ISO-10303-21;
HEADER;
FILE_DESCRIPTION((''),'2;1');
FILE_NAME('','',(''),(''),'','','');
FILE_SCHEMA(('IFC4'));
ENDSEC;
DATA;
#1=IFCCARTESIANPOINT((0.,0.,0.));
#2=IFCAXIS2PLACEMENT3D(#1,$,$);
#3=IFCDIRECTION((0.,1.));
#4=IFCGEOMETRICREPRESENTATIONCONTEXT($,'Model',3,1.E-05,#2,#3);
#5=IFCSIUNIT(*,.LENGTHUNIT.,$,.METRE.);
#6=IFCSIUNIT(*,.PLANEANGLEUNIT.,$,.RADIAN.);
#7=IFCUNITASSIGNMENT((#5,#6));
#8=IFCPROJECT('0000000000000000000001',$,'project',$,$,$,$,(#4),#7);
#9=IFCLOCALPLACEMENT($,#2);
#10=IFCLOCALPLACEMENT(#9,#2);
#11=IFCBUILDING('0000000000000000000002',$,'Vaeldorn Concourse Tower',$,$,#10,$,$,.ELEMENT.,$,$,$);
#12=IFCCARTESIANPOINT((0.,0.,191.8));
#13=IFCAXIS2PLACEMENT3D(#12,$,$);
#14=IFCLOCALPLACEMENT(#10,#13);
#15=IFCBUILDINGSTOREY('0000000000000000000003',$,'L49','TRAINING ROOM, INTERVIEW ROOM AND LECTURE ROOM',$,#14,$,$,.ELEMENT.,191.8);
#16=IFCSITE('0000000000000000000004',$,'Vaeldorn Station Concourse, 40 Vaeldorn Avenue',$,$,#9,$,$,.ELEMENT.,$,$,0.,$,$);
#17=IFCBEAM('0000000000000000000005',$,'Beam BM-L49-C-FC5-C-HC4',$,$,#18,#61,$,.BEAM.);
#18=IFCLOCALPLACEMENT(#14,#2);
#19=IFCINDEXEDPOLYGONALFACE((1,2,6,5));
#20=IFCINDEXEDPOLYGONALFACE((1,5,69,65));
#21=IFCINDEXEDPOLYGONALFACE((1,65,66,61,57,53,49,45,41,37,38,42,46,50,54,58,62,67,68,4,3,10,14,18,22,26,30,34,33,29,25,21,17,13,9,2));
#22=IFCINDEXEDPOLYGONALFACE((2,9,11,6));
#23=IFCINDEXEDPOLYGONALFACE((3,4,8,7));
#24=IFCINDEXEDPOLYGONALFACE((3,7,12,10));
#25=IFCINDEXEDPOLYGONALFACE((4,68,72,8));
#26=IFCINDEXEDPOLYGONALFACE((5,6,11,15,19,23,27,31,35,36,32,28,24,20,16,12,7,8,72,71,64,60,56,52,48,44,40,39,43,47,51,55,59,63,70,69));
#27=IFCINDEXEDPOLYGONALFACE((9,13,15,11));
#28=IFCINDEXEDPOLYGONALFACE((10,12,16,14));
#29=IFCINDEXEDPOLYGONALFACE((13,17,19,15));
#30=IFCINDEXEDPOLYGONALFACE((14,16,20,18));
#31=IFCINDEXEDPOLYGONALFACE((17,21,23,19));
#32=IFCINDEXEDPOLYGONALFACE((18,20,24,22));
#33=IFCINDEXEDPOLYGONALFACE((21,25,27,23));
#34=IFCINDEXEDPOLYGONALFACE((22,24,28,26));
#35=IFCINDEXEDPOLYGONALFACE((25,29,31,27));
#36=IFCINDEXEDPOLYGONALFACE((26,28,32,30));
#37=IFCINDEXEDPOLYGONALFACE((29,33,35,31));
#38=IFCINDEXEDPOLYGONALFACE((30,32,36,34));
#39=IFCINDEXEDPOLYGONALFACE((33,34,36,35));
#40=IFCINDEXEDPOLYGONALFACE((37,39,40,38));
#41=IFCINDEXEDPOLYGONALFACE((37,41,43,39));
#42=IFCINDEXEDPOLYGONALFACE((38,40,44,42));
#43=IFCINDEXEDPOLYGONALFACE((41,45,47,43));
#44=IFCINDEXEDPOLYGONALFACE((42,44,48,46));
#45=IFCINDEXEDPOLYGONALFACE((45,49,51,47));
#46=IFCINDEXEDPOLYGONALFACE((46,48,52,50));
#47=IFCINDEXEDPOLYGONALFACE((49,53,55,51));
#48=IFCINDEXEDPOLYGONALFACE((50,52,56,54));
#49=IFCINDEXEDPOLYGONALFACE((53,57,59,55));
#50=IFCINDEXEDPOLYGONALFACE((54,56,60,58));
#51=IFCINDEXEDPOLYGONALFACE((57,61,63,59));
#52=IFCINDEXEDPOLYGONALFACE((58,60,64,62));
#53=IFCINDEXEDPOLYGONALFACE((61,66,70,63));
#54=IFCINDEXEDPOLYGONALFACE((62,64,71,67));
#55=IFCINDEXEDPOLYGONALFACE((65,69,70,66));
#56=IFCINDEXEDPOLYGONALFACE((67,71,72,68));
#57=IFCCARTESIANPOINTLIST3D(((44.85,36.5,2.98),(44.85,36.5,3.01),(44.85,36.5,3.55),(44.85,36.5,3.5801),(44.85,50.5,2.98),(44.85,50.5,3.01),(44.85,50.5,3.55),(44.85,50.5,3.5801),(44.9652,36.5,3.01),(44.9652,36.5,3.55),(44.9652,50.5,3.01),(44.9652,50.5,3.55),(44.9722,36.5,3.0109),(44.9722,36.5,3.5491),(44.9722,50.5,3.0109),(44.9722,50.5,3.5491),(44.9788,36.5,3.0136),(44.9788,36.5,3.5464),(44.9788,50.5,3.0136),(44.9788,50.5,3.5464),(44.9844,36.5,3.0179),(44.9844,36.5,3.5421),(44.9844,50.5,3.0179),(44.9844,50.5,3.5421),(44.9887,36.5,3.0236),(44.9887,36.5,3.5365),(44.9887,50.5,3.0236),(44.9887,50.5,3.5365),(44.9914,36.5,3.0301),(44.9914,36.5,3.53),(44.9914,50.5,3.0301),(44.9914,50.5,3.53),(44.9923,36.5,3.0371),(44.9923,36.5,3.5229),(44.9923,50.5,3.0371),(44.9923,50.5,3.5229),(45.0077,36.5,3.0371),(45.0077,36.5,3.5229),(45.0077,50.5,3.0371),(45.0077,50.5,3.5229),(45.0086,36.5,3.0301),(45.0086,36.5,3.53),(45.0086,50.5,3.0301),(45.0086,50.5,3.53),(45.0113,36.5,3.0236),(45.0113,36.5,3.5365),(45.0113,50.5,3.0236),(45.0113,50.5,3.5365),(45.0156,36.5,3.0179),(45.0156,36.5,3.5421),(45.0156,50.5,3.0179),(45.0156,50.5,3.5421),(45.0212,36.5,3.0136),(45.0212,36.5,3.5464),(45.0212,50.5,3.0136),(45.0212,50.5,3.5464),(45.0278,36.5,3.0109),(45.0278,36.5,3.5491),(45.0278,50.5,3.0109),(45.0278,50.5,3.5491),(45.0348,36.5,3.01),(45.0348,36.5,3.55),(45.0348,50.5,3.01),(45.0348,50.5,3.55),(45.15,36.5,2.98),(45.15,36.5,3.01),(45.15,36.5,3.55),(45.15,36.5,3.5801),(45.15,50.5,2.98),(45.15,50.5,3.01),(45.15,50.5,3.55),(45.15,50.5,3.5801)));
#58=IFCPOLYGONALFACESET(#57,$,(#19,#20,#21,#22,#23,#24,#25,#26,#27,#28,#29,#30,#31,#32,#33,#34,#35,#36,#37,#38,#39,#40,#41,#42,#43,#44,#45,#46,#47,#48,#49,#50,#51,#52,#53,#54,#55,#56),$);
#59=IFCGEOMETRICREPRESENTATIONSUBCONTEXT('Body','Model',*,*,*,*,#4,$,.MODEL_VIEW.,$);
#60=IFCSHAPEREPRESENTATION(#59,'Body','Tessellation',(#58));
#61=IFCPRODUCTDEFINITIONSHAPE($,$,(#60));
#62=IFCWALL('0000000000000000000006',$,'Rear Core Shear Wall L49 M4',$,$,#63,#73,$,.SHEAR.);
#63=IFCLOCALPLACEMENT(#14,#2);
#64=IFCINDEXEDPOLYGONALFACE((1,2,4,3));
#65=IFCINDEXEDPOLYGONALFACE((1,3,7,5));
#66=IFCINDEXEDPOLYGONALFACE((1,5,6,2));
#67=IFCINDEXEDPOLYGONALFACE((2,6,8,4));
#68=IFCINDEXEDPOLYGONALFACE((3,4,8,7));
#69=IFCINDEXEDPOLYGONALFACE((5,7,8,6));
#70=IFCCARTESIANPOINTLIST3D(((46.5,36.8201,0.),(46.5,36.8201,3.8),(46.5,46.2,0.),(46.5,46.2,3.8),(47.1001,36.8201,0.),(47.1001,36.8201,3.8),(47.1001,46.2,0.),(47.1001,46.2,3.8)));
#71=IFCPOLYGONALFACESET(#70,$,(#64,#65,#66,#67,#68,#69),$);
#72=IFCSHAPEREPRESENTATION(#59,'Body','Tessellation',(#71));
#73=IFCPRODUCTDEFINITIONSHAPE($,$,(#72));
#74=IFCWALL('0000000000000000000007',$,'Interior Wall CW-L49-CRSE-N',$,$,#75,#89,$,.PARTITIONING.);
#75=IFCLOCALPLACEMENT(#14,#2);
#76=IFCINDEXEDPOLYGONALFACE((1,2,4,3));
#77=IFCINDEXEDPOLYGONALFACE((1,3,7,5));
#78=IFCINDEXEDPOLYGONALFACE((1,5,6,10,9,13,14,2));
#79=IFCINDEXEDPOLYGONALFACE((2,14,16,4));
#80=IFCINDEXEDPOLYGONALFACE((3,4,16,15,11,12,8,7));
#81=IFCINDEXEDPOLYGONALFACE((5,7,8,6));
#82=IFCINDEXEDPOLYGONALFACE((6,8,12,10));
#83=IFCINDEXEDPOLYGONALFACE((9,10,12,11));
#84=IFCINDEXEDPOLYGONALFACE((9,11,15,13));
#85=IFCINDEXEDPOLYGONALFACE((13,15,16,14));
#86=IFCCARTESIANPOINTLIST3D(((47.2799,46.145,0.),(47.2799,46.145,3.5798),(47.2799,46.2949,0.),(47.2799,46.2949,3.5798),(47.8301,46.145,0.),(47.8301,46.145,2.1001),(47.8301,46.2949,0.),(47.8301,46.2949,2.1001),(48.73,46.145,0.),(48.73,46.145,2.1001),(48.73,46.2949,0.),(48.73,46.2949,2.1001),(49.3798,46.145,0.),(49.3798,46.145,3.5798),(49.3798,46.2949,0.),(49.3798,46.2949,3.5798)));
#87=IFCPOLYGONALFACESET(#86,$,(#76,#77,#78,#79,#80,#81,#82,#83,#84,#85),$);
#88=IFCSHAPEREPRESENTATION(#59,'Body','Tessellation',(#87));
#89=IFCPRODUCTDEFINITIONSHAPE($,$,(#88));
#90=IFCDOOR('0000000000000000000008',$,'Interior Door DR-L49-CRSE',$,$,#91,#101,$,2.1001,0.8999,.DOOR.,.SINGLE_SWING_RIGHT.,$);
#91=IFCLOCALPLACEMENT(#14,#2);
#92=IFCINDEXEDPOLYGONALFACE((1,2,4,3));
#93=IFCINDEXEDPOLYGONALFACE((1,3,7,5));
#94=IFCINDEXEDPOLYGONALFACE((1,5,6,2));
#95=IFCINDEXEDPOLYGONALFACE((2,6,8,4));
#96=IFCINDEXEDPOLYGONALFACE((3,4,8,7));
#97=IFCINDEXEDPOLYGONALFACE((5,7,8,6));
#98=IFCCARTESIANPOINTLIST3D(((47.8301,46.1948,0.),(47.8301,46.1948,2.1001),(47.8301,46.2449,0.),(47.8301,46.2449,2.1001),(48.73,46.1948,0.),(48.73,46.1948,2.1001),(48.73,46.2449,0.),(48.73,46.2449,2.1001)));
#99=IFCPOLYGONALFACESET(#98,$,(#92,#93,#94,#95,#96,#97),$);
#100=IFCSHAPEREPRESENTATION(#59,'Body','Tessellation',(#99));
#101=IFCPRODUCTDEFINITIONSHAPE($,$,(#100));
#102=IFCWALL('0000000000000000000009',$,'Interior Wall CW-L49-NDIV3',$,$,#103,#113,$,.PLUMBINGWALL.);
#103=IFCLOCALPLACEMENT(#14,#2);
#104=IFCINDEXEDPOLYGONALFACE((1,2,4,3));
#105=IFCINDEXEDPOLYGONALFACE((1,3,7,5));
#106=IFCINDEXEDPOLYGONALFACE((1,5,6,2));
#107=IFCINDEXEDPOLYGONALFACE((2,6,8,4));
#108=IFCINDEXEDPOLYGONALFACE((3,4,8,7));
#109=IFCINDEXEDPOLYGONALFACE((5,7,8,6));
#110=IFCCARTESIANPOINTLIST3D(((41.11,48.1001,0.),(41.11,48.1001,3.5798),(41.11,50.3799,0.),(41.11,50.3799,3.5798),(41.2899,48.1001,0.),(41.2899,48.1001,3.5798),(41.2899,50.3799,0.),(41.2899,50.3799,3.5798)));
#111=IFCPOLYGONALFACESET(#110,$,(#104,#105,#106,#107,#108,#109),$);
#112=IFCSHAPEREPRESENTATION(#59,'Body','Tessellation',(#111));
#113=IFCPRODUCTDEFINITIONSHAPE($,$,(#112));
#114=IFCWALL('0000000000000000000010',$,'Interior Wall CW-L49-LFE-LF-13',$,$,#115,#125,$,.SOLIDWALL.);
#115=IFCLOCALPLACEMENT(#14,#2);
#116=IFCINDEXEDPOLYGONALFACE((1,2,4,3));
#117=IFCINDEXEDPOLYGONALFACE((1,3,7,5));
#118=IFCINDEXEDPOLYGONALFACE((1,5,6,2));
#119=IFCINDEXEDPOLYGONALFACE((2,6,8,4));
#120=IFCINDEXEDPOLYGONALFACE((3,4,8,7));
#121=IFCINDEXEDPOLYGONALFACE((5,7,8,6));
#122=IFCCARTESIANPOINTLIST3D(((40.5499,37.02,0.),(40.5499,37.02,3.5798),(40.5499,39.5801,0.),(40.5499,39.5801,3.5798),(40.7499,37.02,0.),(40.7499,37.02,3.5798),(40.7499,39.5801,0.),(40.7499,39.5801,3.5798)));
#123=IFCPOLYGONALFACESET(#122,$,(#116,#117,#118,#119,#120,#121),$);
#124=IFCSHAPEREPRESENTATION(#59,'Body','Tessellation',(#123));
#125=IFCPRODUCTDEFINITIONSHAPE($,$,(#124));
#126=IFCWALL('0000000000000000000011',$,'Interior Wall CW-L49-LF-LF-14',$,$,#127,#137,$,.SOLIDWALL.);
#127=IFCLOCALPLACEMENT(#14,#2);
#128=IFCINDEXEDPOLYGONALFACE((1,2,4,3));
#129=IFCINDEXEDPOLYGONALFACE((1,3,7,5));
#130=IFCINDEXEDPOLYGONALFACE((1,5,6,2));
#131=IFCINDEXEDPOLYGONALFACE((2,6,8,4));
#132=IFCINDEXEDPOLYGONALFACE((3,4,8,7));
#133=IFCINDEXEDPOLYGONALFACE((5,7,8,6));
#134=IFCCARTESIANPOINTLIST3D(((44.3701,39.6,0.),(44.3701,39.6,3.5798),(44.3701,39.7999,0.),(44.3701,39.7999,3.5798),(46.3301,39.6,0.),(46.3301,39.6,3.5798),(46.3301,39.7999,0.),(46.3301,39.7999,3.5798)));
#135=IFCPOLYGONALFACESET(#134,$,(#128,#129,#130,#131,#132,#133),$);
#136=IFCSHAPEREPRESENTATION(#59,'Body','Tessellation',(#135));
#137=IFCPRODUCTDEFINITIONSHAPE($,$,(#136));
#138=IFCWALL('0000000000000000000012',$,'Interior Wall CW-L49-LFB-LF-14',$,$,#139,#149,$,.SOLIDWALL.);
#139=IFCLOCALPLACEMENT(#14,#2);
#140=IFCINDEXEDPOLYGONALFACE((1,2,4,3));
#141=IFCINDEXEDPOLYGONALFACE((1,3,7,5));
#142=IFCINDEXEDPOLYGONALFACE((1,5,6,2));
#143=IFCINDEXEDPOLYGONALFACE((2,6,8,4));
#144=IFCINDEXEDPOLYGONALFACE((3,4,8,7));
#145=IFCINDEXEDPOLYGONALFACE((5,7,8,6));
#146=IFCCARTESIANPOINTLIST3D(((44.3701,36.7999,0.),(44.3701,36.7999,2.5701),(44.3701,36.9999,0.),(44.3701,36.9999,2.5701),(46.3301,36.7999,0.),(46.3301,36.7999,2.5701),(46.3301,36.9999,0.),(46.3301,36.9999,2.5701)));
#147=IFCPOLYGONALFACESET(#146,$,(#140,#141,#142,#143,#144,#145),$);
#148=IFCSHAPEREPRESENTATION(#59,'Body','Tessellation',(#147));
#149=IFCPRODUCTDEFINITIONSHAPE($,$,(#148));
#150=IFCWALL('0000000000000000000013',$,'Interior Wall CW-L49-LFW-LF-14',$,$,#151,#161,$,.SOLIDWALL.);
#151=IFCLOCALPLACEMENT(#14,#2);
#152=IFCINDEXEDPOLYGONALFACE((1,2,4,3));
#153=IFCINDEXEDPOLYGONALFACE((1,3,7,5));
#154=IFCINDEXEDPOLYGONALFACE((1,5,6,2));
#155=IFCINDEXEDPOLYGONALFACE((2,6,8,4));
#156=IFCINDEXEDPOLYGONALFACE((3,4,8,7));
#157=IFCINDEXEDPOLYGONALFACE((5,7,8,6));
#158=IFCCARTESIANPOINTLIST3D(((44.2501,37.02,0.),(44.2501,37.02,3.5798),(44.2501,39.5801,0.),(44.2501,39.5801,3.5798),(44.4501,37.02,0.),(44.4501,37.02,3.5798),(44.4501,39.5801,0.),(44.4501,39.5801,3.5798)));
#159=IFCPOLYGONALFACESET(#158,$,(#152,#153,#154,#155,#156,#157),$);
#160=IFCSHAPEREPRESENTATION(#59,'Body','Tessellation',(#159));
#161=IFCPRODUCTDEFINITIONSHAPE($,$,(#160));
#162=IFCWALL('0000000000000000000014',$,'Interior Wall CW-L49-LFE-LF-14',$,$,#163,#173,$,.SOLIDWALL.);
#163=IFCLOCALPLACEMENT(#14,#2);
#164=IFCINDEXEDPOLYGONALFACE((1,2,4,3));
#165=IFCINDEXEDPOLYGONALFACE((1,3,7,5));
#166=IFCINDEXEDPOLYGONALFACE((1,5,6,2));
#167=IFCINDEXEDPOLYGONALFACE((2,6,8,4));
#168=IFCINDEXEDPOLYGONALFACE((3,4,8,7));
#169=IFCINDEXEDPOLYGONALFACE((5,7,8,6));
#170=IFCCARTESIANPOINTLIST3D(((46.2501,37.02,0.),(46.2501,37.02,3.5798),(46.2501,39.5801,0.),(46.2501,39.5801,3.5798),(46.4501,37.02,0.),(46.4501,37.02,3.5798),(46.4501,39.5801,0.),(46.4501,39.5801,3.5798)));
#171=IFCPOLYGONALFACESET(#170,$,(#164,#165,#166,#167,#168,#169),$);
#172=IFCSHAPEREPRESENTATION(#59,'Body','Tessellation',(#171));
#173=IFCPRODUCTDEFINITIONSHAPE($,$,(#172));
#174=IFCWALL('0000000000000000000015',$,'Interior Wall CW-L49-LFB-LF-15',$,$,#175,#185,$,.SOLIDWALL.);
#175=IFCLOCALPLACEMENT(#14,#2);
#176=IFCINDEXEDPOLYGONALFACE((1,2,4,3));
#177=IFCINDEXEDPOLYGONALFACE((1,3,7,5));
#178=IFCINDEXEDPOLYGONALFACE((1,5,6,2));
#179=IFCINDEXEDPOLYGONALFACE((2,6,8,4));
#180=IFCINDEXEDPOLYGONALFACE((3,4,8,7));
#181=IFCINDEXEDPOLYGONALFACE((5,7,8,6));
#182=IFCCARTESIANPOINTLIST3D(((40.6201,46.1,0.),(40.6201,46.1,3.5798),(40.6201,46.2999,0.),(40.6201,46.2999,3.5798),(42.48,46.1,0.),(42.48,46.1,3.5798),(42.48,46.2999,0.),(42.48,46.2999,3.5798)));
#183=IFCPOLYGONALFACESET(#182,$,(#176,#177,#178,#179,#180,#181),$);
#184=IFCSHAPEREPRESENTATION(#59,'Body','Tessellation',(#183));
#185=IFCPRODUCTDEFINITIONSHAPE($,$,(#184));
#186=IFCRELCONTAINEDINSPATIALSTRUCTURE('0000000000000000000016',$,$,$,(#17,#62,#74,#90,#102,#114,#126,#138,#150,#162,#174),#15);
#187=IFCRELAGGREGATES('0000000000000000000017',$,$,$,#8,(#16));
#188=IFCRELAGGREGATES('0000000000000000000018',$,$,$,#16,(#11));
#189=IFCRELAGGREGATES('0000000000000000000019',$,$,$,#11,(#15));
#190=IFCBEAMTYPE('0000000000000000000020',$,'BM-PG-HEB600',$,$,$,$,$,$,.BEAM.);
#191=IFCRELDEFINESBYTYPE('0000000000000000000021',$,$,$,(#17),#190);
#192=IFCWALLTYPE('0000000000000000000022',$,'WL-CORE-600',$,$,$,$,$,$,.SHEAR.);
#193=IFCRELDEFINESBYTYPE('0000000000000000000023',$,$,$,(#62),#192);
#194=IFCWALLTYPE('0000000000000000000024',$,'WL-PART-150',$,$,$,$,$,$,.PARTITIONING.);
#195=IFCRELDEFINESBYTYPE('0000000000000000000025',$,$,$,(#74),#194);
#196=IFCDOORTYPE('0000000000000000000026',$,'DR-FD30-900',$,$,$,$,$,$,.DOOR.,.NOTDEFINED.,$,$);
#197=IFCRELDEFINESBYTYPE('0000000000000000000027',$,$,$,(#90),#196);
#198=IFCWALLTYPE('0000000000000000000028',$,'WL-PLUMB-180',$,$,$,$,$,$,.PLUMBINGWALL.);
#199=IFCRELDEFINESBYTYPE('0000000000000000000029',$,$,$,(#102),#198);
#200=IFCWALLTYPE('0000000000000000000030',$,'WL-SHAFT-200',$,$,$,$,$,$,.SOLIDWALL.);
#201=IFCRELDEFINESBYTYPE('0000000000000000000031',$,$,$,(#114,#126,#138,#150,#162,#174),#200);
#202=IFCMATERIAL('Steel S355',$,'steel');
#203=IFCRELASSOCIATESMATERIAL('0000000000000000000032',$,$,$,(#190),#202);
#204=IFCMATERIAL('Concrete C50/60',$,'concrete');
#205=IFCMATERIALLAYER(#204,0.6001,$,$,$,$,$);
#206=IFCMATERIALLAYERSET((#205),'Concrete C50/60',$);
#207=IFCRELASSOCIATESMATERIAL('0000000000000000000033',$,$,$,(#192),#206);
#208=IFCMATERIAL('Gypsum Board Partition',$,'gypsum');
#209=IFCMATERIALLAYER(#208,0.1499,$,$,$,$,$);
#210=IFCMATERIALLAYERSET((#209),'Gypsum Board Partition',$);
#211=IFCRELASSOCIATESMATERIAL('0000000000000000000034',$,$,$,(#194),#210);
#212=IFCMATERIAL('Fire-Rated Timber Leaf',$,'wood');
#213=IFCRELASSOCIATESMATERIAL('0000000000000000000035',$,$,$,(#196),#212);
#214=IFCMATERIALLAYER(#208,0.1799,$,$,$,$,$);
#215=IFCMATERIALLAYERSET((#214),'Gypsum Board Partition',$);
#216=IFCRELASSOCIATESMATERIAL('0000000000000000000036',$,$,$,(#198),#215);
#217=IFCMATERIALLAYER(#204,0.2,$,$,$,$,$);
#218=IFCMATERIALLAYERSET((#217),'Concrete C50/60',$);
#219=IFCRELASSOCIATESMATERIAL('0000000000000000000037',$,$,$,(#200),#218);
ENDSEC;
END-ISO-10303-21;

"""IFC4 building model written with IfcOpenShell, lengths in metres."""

from ifc_helpers import new_model, si_unit, direction, frame, frame_2d, origin, origin_2d, place, context, subcontext, project, spatial, rectangle, i_section, extrude, source, transform, mapped, material, layer, layer_set, material_profile, profile_set, type_object, element, fill, save


model = new_model("IFC4")

# Units and contexts
model_context = context("Model", 3, precision=1e-05, world=origin(), true_north=direction((0.0, 1.0)))
body_context = subcontext(model_context, "Body", "Model", "MODEL_VIEW")
ifc_project = project(units=[si_unit("LENGTHUNIT", "METRE"), si_unit("PLANEANGLEUNIT", "RADIAN")], contexts=[model_context])

# Site, building, storey
site_placement = place(None, origin())
site = spatial("IfcSite", under=ifc_project, at=site_placement, Name="Vaeldorn Station Concourse, 40 Vaeldorn Avenue", CompositionType="ELEMENT", RefElevation=0.0)
building_placement = place(site_placement, origin())
building = spatial("IfcBuilding", under=site, at=building_placement, Name="Vaeldorn Concourse Tower", CompositionType="ELEMENT")
storey_placement = place(building_placement, frame((0.0, 0.0, 191.8)))
storey = spatial("IfcBuildingStorey", under=building, at=storey_placement, Name="L49", Description="TRAINING ROOM, INTERVIEW ROOM AND LECTURE ROOM", CompositionType="ELEMENT", Elevation=191.8)

# Beam
ifc_material_1 = material(Name="Concrete C50/60", Category="concrete")
ifc_material_2 = material(Name="Steel S355", Category="steel")
ifc_material_profile_1 = material_profile(ifc_material_2, i_section(OverallWidth=0.3, OverallDepth=0.6001, WebThickness=0.0154, FlangeThickness=0.03, FilletRadius=0.0271, at=origin_2d()), Name="HEB 600")
ifc_profile_set_1 = profile_set([ifc_material_profile_1], Name="Steel S355")
beam_type_1 = type_object("IfcBeamType", Name="BM-PG-HEB600", PredefinedType="BEAM", material=ifc_profile_set_1)
shared_shape_1 = source(origin(), body_context, "Body", "SweptSolid", [
    extrude(i_section(OverallWidth=0.3, OverallDepth=0.6001, WebThickness=0.0154, FlangeThickness=0.03, FilletRadius=0.0271, at=origin_2d()), origin(), (0.0, 0.0, 1.0), 14.0),
])
beam_1_placement = place(storey_placement, frame((45.0, 36.5, 3.28), z_axis=(0.0, 1.0, 0.0), x_axis=(-1.0, 0.0, 0.0)))
element("IfcBeam", 1, at=beam_1_placement, inside=storey, type_object=beam_type_1, Name="Beam BM-L49-C-FC5-C-HC4", PredefinedType="BEAM", context=body_context, shape_type="MappedRepresentation", body=[
    mapped(shared_shape_1, transform((0.0, 0.0, 0.0), scale=1.0)),
])

# Wall
ifc_layer_1 = layer(ifc_material_1, 0.6001)
ifc_layer_set_1 = layer_set([ifc_layer_1], Name="Concrete C50/60")
wall_type_1 = type_object("IfcWallType", Name="WL-CORE-600", PredefinedType="SHEAR", material=ifc_layer_set_1)
wall_1_placement = place(storey_placement, frame((46.8, 36.8201, 0.0), z_axis=(0.0, 0.0, 1.0), x_axis=(0.0, 1.0, 0.0)))
element("IfcWall", 2, at=wall_1_placement, inside=storey, type_object=wall_type_1, Name="Rear Core Shear Wall L49 M4", PredefinedType="SHEAR", context=body_context, shape_type="SweptSolid", body=[
    extrude(rectangle(XDim=9.3799, YDim=0.6001, at=frame_2d((4.6899, 0.0))), origin(), (0.0, 0.0, 1.0), 3.8),
])

# Wall, opening, door
ifc_material_3 = material(Name="Gypsum Board Partition", Category="gypsum")
ifc_layer_2 = layer(ifc_material_3, 0.1499)
ifc_layer_set_2 = layer_set([ifc_layer_2], Name="Gypsum Board Partition")
wall_type_2 = type_object("IfcWallType", Name="WL-PART-150", PredefinedType="PARTITIONING", material=ifc_layer_set_2)
wall_2_placement = place(storey_placement, frame((47.28, 46.22, 0.0), z_axis=(0.0, 0.0, 1.0), x_axis=(1.0, 0.0, 0.0)))
wall_2 = element("IfcWall", 3, at=wall_2_placement, inside=storey, type_object=wall_type_2, Name="Interior Wall CW-L49-CRSE-N", PredefinedType="PARTITIONING", context=body_context, shape_type="SweptSolid", body=[
    extrude(rectangle(XDim=2.0999, YDim=0.1499, at=frame_2d((1.0498, 0.0))), origin(), (0.0, 0.0, 1.0), 3.5798),
])
opening_1_placement = place(wall_2_placement, frame((0.55, 0.0, 0.0)))
opening_1 = element("IfcOpeningElement", 4, at=opening_1_placement, cuts=wall_2, PredefinedType="OPENING", context=body_context, shape_type="SweptSolid", body=[
    extrude(rectangle(XDim=0.8999, YDim=2.1001, at=frame_2d((0.45, 1.05))), frame((0.0, 0.085, 0.0), z_axis=(0.0, -1.0, 0.0), x_axis=(1.0, 0.0, 0.0)), (0.0, 0.0, 1.0), 0.1699),
])
ifc_material_4 = material(Name="Fire-Rated Timber Leaf", Category="wood")
door_type_1 = type_object("IfcDoorType", Name="DR-FD30-900", OperationType="NOTDEFINED", PredefinedType="DOOR", material=ifc_material_4)
shared_shape_2 = source(origin(), body_context, "Body", "SweptSolid", [
    extrude(rectangle(XDim=0.8999, YDim=2.1001, at=frame_2d((0.45, 1.05))), frame((0.0, 0.0249, 0.0), z_axis=(0.0, -1.0, 0.0), x_axis=(1.0, 0.0, 0.0)), (0.0, 0.0, 1.0), 0.05),
])
door_1_placement = place(opening_1_placement, origin())
door_1 = element("IfcDoor", 5, at=door_1_placement, inside=storey, type_object=door_type_1, Name="Interior Door DR-L49-CRSE", OperationType="SINGLE_SWING_RIGHT", OverallHeight=2.1001, OverallWidth=0.8999, PredefinedType="DOOR", context=body_context, shape_type="MappedRepresentation", body=[
    mapped(shared_shape_2, transform((0.0, 0.0, 0.0), scale=1.0)),
])
fill(opening_1, door_1)

# Wall
ifc_layer_3 = layer(ifc_material_3, 0.1799)
ifc_layer_set_3 = layer_set([ifc_layer_3], Name="Gypsum Board Partition")
wall_type_3 = type_object("IfcWallType", Name="WL-PLUMB-180", PredefinedType="PLUMBINGWALL", material=ifc_layer_set_3)
wall_3_placement = place(storey_placement, frame((41.2, 48.1001, 0.0), z_axis=(0.0, 0.0, 1.0), x_axis=(0.0, 1.0, 0.0)))
element("IfcWall", 6, at=wall_3_placement, inside=storey, type_object=wall_type_3, Name="Interior Wall CW-L49-NDIV3", PredefinedType="PLUMBINGWALL", context=body_context, shape_type="SweptSolid", body=[
    extrude(rectangle(XDim=2.2798, YDim=0.1799, at=frame_2d((1.1399, 0.0))), origin(), (0.0, 0.0, 1.0), 3.5798),
])

# Shared definitions
ifc_layer_4 = layer(ifc_material_1, 0.2)
ifc_layer_set_4 = layer_set([ifc_layer_4], Name="Concrete C50/60")
wall_type_4 = type_object("IfcWallType", Name="WL-SHAFT-200", PredefinedType="SOLIDWALL", material=ifc_layer_set_4)

# Walls
wall_4_placement = place(storey_placement, frame((40.6499, 37.02, 0.0), z_axis=(0.0, 0.0, 1.0), x_axis=(0.0, 1.0, 0.0)))
element("IfcWall", 7, at=wall_4_placement, inside=storey, type_object=wall_type_4, Name="Interior Wall CW-L49-LFE-LF-13", PredefinedType="SOLIDWALL", context=body_context, shape_type="SweptSolid", body=[
    extrude(rectangle(XDim=2.5601, YDim=0.2, at=frame_2d((1.28, 0.0))), origin(), (0.0, 0.0, 1.0), 3.5798),
])
wall_5_placement = place(storey_placement, frame((44.3701, 39.7, 0.0), z_axis=(0.0, 0.0, 1.0), x_axis=(1.0, 0.0, 0.0)))
element("IfcWall", 8, at=wall_5_placement, inside=storey, type_object=wall_type_4, Name="Interior Wall CW-L49-LF-LF-14", PredefinedType="SOLIDWALL", context=body_context, shape_type="SweptSolid", body=[
    extrude(rectangle(XDim=1.96, YDim=0.2, at=frame_2d((0.98, 0.0))), origin(), (0.0, 0.0, 1.0), 3.5798),
])
wall_6_placement = place(storey_placement, frame((44.3701, 36.8999, 0.0), z_axis=(0.0, 0.0, 1.0), x_axis=(1.0, 0.0, 0.0)))
element("IfcWall", 9, at=wall_6_placement, inside=storey, type_object=wall_type_4, Name="Interior Wall CW-L49-LFB-LF-14", PredefinedType="SOLIDWALL", context=body_context, shape_type="SweptSolid", body=[
    extrude(rectangle(XDim=1.96, YDim=0.2, at=frame_2d((0.98, 0.0))), origin(), (0.0, 0.0, 1.0), 2.5701),
])
for number, where, z_axis, x_axis, name in (
    (10, (44.3501, 37.02, 0.0), (0.0, 0.0, 1.0), (0.0, 1.0, 0.0), "Interior Wall CW-L49-LFW-LF-14"),
    (11, (46.3501, 37.02, 0.0), (0.0, 0.0, 1.0), (0.0, 1.0, 0.0), "Interior Wall CW-L49-LFE-LF-14"),
):
    element("IfcWall", number, at=place(storey_placement, frame(where, z_axis=z_axis, x_axis=x_axis)), inside=storey, type_object=wall_type_4, Name=name, PredefinedType="SOLIDWALL", context=body_context, shape_type="SweptSolid", body=[
        extrude(rectangle(XDim=2.5601, YDim=0.2, at=frame_2d((1.28, 0.0))), origin(), (0.0, 0.0, 1.0), 3.5798),
    ])
wall_7_placement = place(storey_placement, frame((40.6201, 46.2, 0.0), z_axis=(0.0, 0.0, 1.0), x_axis=(1.0, 0.0, 0.0)))
element("IfcWall", 12, at=wall_7_placement, inside=storey, type_object=wall_type_4, Name="Interior Wall CW-L49-LFB-LF-15", PredefinedType="SOLIDWALL", context=body_context, shape_type="SweptSolid", body=[
    extrude(rectangle(XDim=1.8599, YDim=0.2, at=frame_2d((0.9299, 0.0))), origin(), (0.0, 0.0, 1.0), 3.5798),
])

save(model, "model.ifc")
